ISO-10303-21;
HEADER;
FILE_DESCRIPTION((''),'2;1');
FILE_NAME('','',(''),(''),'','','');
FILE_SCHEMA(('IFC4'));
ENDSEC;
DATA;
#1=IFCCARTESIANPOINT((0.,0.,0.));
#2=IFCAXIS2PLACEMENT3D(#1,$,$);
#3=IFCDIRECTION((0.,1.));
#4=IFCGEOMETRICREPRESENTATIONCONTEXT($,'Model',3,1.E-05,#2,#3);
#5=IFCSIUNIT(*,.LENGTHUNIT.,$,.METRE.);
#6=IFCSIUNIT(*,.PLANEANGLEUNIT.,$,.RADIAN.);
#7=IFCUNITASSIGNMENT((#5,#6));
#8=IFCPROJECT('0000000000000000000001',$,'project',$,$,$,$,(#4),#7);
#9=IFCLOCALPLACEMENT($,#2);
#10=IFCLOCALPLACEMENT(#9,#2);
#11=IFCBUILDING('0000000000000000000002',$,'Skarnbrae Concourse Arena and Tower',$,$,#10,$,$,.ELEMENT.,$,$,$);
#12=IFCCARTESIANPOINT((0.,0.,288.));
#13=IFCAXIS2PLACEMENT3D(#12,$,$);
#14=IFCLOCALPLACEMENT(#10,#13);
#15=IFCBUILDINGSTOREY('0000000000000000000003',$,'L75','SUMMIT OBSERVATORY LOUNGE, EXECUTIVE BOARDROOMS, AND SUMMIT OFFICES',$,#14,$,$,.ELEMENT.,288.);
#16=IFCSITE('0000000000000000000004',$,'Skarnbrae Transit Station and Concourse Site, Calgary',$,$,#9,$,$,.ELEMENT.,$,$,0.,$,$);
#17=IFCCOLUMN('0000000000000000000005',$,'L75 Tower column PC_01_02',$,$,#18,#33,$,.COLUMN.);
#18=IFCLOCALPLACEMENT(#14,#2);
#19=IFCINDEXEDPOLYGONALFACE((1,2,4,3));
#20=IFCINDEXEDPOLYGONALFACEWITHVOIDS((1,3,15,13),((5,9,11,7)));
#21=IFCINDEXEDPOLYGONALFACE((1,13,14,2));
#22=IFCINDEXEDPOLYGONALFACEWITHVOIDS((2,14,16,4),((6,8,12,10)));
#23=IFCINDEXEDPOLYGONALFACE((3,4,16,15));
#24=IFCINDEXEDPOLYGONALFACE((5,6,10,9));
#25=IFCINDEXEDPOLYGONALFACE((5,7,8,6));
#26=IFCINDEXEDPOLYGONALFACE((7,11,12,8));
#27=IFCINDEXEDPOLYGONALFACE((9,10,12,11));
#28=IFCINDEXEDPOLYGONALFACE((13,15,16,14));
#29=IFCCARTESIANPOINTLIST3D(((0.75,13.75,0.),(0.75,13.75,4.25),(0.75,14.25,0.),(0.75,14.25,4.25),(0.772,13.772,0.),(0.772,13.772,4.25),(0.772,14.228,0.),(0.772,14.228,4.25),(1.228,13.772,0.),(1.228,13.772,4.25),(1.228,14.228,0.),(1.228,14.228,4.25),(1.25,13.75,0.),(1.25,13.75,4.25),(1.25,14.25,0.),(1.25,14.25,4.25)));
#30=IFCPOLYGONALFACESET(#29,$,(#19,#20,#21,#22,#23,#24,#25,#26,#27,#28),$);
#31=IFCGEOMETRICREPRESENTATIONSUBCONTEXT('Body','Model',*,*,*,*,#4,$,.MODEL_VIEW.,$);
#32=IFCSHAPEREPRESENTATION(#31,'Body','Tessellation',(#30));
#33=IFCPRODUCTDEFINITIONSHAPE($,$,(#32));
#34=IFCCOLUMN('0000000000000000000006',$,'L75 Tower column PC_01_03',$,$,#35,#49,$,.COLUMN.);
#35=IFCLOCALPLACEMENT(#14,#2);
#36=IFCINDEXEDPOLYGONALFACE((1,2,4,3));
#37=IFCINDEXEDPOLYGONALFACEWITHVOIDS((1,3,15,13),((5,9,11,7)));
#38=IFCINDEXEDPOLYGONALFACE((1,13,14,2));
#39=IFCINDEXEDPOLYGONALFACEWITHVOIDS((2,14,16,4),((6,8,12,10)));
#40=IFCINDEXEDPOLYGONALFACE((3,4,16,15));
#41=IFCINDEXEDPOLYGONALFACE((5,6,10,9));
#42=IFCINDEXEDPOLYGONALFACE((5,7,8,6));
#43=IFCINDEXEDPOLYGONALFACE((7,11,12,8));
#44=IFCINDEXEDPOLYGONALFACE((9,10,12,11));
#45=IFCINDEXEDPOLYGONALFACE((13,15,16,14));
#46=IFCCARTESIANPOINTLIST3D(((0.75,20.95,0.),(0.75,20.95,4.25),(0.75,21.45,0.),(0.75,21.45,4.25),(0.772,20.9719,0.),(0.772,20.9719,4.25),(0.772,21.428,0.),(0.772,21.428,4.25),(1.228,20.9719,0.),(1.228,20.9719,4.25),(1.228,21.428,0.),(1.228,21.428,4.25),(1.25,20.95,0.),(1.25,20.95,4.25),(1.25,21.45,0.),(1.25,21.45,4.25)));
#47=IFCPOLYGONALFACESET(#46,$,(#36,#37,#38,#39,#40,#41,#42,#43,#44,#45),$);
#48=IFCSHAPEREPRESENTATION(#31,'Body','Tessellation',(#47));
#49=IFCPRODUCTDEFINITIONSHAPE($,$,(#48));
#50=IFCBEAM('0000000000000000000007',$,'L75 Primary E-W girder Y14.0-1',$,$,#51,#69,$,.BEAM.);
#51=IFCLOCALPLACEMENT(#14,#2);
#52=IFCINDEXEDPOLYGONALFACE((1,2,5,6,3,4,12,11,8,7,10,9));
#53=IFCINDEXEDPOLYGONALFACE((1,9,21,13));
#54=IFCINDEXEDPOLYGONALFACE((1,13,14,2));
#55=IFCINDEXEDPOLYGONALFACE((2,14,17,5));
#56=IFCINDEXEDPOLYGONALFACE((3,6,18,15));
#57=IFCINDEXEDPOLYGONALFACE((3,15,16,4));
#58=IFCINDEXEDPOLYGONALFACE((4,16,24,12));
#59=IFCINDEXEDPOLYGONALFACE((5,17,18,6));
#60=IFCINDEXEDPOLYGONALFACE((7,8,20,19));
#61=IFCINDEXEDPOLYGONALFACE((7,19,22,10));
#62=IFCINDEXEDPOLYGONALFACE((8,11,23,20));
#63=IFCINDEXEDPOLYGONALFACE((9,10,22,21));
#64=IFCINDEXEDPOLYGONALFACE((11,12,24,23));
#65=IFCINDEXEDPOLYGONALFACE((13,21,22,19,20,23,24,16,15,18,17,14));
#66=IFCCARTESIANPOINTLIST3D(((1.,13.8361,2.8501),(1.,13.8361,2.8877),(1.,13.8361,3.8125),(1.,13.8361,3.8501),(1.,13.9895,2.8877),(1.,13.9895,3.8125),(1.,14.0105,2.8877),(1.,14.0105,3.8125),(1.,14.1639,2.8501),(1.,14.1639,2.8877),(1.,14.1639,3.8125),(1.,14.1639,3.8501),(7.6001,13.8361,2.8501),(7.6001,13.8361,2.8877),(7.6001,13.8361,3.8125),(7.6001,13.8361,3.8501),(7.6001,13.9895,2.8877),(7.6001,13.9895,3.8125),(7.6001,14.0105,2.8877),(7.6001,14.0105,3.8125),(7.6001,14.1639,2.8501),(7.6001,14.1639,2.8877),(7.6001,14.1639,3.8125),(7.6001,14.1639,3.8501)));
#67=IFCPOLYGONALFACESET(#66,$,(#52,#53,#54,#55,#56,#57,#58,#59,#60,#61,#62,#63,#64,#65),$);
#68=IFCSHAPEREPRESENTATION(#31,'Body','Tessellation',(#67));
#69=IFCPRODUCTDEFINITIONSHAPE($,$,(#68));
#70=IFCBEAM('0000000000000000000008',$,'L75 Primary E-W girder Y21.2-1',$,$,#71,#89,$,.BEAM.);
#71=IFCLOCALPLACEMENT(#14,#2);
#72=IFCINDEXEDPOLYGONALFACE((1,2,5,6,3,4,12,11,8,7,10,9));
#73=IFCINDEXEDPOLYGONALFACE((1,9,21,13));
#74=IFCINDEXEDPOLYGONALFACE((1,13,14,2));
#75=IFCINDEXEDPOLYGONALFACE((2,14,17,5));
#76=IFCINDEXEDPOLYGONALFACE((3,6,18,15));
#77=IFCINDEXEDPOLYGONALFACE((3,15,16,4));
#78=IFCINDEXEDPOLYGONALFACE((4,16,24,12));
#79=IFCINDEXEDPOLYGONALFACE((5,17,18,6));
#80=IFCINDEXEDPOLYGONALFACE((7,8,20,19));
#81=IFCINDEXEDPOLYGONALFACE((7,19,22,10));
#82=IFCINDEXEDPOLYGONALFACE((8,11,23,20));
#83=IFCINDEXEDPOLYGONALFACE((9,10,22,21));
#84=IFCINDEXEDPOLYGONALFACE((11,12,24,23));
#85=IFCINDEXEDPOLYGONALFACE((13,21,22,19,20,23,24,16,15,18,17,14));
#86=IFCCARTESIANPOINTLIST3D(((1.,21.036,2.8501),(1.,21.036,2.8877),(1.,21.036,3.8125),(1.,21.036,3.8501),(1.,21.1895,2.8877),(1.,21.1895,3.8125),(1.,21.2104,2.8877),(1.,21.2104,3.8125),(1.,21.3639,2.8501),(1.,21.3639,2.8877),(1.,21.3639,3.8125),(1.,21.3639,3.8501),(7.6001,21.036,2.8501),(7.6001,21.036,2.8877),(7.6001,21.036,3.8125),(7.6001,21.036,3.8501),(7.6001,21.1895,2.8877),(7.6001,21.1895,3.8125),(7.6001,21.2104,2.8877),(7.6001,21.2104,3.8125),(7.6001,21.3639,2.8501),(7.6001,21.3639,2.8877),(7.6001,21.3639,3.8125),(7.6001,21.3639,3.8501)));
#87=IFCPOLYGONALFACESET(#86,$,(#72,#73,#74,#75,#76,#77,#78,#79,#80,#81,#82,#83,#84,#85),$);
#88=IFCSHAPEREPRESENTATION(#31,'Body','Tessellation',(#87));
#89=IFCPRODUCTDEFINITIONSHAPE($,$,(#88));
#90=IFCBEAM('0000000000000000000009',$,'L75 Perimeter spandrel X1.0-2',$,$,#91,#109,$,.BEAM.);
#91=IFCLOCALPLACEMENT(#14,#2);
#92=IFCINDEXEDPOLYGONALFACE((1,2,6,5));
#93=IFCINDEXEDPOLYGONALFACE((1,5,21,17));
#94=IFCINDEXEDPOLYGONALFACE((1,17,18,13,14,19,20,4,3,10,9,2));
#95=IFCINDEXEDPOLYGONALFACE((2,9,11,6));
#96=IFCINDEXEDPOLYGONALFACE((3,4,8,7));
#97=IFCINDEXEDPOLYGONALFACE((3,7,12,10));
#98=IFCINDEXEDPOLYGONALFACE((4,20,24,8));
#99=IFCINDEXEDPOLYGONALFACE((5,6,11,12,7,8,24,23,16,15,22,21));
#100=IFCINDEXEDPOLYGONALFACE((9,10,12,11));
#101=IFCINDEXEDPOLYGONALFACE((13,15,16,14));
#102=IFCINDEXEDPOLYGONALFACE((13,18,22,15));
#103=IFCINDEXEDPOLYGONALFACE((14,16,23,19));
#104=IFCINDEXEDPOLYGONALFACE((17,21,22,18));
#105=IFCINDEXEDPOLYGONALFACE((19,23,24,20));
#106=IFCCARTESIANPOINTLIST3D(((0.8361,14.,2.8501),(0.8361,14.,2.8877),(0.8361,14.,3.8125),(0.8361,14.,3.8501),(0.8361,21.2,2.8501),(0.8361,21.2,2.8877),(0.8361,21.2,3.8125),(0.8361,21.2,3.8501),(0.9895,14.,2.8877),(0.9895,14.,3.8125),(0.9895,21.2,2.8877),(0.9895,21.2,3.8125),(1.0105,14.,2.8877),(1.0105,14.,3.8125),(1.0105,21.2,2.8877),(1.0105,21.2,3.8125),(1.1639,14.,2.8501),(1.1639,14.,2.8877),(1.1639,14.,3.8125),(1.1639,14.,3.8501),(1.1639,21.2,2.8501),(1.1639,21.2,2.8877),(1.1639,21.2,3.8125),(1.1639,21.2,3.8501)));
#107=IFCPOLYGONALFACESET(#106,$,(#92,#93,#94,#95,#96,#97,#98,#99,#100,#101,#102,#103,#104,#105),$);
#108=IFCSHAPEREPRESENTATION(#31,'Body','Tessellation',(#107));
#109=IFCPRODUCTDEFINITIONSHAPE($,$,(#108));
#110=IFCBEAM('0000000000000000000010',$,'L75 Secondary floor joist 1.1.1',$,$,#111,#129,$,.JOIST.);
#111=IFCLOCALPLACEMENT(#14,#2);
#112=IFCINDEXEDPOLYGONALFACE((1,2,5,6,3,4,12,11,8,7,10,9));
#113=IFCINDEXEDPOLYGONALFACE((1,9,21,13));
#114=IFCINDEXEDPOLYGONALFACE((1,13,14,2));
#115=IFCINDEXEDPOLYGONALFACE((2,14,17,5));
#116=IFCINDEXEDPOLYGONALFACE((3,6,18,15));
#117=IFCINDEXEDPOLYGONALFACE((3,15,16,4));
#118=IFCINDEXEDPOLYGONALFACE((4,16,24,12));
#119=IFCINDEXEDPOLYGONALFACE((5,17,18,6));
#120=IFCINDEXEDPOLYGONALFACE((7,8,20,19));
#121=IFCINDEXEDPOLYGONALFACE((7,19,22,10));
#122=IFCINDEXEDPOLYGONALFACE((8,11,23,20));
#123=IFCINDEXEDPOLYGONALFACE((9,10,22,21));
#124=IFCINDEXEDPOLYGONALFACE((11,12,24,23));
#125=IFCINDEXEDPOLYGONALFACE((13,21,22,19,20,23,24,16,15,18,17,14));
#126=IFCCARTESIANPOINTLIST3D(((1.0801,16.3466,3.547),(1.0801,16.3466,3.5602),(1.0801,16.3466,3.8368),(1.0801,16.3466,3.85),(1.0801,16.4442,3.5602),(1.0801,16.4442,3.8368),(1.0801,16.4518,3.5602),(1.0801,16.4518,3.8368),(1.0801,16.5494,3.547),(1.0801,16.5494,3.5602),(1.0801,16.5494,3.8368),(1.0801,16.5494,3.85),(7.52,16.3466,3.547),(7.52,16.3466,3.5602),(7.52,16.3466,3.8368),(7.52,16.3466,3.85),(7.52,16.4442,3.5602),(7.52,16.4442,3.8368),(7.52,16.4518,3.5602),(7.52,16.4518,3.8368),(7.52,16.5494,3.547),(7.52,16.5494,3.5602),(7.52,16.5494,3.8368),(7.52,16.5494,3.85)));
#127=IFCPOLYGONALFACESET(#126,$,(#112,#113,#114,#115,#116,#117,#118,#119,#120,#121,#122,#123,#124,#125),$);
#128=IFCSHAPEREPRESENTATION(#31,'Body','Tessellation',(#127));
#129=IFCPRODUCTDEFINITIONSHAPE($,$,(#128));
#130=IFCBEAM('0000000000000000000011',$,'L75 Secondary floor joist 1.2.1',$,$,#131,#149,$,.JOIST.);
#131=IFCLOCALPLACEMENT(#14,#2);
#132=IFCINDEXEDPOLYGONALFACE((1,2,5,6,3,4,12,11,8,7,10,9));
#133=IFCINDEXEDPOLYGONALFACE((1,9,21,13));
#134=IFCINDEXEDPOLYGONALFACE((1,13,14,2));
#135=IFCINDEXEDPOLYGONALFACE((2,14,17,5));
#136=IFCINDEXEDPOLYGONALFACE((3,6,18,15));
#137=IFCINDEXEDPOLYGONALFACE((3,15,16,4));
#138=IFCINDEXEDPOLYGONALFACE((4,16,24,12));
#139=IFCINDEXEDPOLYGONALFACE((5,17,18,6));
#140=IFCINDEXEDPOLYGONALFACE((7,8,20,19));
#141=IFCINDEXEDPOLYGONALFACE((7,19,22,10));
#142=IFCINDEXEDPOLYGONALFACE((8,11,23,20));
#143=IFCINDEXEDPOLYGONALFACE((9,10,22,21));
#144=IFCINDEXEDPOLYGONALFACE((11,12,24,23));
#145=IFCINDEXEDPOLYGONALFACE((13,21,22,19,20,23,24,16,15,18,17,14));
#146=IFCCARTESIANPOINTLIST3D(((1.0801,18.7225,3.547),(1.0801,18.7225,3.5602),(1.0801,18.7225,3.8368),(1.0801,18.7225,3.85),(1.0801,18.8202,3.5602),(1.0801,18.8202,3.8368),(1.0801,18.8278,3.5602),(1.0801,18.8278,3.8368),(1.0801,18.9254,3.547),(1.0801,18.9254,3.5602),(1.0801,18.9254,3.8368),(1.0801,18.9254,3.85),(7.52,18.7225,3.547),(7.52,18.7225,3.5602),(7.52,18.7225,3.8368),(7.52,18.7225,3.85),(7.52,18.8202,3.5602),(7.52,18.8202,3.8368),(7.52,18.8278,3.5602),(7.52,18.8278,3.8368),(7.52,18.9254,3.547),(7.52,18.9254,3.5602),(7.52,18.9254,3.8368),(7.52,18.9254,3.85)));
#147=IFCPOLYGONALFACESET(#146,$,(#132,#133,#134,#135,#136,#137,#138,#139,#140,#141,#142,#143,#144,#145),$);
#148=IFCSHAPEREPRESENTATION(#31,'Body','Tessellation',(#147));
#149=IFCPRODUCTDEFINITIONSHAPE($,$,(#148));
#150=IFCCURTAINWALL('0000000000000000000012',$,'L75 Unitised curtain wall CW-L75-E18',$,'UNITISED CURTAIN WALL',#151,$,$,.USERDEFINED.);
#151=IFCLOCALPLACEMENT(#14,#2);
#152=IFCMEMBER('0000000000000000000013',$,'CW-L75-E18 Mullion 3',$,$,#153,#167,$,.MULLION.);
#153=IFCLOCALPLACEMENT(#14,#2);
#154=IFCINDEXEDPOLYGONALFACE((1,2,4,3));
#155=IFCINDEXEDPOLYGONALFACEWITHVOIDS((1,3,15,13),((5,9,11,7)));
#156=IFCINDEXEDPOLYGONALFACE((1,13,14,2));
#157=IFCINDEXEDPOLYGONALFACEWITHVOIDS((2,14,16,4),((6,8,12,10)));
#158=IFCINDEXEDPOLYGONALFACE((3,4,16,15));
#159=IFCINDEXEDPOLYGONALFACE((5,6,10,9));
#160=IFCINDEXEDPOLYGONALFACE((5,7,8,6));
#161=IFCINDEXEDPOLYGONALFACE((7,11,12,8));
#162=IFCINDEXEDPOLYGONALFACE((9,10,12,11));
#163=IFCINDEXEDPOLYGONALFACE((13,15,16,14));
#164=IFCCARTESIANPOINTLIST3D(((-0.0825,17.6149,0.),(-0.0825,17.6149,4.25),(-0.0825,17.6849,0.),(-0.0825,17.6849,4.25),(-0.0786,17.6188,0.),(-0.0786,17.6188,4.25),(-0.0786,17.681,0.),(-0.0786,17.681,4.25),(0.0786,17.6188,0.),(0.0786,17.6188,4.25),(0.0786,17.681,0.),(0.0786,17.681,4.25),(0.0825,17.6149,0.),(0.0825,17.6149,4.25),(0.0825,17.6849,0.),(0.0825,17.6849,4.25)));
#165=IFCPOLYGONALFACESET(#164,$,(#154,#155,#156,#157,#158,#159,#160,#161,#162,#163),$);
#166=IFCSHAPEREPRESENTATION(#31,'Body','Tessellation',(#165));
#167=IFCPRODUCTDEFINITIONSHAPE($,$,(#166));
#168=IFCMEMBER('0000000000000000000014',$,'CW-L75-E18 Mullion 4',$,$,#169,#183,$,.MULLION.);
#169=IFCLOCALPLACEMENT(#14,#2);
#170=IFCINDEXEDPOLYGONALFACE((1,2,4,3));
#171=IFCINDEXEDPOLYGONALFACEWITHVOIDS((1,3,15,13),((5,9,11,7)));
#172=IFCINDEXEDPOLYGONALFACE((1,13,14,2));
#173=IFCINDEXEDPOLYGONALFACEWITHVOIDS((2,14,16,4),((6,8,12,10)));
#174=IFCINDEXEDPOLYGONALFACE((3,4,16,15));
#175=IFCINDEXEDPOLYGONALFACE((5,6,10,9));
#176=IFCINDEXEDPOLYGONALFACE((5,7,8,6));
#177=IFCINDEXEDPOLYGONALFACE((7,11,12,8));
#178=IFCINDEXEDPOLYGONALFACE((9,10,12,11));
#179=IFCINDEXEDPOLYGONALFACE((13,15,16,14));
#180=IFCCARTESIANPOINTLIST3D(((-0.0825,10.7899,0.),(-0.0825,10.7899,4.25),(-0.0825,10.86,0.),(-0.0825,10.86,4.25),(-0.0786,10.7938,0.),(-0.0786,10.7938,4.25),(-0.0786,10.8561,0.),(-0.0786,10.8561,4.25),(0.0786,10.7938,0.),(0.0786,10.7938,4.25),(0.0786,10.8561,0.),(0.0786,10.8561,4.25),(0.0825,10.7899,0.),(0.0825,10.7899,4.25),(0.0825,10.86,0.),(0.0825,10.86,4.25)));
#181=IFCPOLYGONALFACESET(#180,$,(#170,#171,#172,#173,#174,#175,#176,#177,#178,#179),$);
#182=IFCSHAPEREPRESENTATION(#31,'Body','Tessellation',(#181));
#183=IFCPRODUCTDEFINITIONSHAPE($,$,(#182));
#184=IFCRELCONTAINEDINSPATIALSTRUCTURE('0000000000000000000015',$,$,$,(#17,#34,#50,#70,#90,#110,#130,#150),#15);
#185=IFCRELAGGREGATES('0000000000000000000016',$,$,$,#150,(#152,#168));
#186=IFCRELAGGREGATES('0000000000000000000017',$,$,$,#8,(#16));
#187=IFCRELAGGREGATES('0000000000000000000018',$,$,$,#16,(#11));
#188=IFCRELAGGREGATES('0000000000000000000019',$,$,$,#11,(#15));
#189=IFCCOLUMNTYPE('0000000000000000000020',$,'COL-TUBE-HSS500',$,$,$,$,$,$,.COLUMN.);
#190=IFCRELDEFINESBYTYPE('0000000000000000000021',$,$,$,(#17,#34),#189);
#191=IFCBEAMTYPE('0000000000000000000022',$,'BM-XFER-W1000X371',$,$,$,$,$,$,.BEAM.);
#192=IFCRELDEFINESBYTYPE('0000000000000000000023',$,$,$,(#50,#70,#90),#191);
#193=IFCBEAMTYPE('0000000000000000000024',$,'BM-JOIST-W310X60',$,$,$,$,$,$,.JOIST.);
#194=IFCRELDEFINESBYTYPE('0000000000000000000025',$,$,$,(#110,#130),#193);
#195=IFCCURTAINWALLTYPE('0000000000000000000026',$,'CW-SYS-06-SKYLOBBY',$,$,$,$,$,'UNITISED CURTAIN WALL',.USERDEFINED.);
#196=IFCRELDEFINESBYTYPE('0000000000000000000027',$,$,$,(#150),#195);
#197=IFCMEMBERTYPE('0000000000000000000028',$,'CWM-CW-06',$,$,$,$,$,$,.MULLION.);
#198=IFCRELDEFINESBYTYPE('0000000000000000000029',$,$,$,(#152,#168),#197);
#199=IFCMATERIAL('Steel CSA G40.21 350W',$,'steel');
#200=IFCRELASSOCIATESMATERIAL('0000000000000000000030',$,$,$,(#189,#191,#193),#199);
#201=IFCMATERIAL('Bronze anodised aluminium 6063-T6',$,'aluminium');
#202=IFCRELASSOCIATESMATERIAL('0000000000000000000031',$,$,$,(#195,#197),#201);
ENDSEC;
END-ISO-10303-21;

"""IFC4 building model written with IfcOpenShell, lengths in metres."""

from ifc_helpers import new_model, si_unit, direction, frame, origin, origin_2d, place, context, subcontext, project, spatial, hollow_rectangle, i_section, extrude, source, transform, mapped, material, material_profile, profile_set, type_object, element, aggregate, save


model = new_model("IFC4")

# Units and contexts
model_context = context("Model", 3, precision=1e-05, world=origin(), true_north=direction((0.0, 1.0)))
body_context = subcontext(model_context, "Body", "Model", "MODEL_VIEW")
ifc_project = project(units=[si_unit("LENGTHUNIT", "METRE"), si_unit("PLANEANGLEUNIT", "RADIAN")], contexts=[model_context])

# Site, building, storey
site_placement = place(None, origin())
site = spatial("IfcSite", under=ifc_project, at=site_placement, Name="Skarnbrae Transit Station and Concourse Site, Calgary", CompositionType="ELEMENT", RefElevation=0.0)
building_placement = place(site_placement, origin())
building = spatial("IfcBuilding", under=site, at=building_placement, Name="Skarnbrae Concourse Arena and Tower", CompositionType="ELEMENT")
storey_placement = place(building_placement, frame((0.0, 0.0, 288.0)))
storey = spatial("IfcBuildingStorey", under=building, at=storey_placement, Name="L75", Description="SUMMIT OBSERVATORY LOUNGE, EXECUTIVE BOARDROOMS, AND SUMMIT OFFICES", CompositionType="ELEMENT", Elevation=288.0)

# Columns
ifc_material_1 = material(Name="Steel CSA G40.21 350W", Category="steel")
ifc_material_profile_1 = material_profile(ifc_material_1, hollow_rectangle(XDim=0.5, YDim=0.5, WallThickness=0.022, at=origin_2d()), Name="HSS500X500X22.0")
ifc_profile_set_1 = profile_set([ifc_material_profile_1], Name="Steel CSA G40.21 350W")
column_type = type_object("IfcColumnType", Name="COL-TUBE-HSS500", PredefinedType="COLUMN", material=ifc_profile_set_1)
shared_shape_1 = source(origin(), body_context, "Body", "SweptSolid", [
    extrude(hollow_rectangle(XDim=0.5, YDim=0.5, WallThickness=0.022, at=origin_2d()), origin(), (0.0, 0.0, 1.0), 4.25),
])
for number, where, z_axis, x_axis, name in (
    (1, (1.0, 14.0, 0.0), (0.0, 0.0, 1.0), (1.0, 0.0, 0.0), "L75 Tower column PC_01_02"),
    (2, (1.0, 21.2, 0.0), (0.0, 0.0, 1.0), (1.0, 0.0, 0.0), "L75 Tower column PC_01_03"),
):
    element("IfcColumn", number, at=place(storey_placement, frame(where, z_axis=z_axis, x_axis=x_axis)), inside=storey, type_object=column_type, Name=name, PredefinedType="COLUMN", context=body_context, shape_type="MappedRepresentation", body=[
        mapped(shared_shape_1, transform((0.0, 0.0, 0.0))),
    ])

# Beams
ifc_material_profile_2 = material_profile(ifc_material_1, i_section(OverallWidth=0.3279, OverallDepth=1.0, WebThickness=0.021, FlangeThickness=0.0376, at=origin_2d()), Name="W1000X371")
ifc_profile_set_2 = profile_set([ifc_material_profile_2], Name="Steel CSA G40.21 350W")
beam_type_1 = type_object("IfcBeamType", Name="BM-XFER-W1000X371", PredefinedType="BEAM", material=ifc_profile_set_2)
shared_shape_2 = source(origin(), body_context, "Body", "SweptSolid", [
    extrude(i_section(OverallWidth=0.3279, OverallDepth=1.0, WebThickness=0.021, FlangeThickness=0.0376, at=origin_2d()), origin(), (0.0, 0.0, 1.0), 6.6001),
])
for number, where, z_axis, x_axis, name in (
    (3, (1.0, 14.0, 3.3501), (1.0, 0.0, 0.0), (0.0, 1.0, 0.0), "L75 Primary E-W girder Y14.0-1"),
    (4, (1.0, 21.2, 3.3501), (1.0, 0.0, 0.0), (0.0, 1.0, 0.0), "L75 Primary E-W girder Y21.2-1"),
):
    element("IfcBeam", number, at=place(storey_placement, frame(where, z_axis=z_axis, x_axis=x_axis)), inside=storey, type_object=beam_type_1, Name=name, PredefinedType="BEAM", context=body_context, shape_type="MappedRepresentation", body=[
        mapped(shared_shape_2, transform((0.0, 0.0, 0.0))),
    ])
shared_shape_3 = source(origin(), body_context, "Body", "SweptSolid", [
    extrude(i_section(OverallWidth=0.3279, OverallDepth=1.0, WebThickness=0.021, FlangeThickness=0.0376, at=origin_2d()), origin(), (0.0, 0.0, 1.0), 7.2),
])
beam_placement = place(storey_placement, frame((1.0, 14.0, 3.3501), z_axis=(0.0, 1.0, 0.0), x_axis=(-1.0, 0.0, 0.0)))
element("IfcBeam", 5, at=beam_placement, inside=storey, type_object=beam_type_1, Name="L75 Perimeter spandrel X1.0-2", PredefinedType="BEAM", context=body_context, shape_type="MappedRepresentation", body=[
    mapped(shared_shape_3, transform((0.0, 0.0, 0.0))),
])
ifc_material_profile_3 = material_profile(ifc_material_1, i_section(OverallWidth=0.2029, OverallDepth=0.303, WebThickness=0.0076, FlangeThickness=0.0132, at=origin_2d()), Name="W310X60")
ifc_profile_set_3 = profile_set([ifc_material_profile_3], Name="Steel CSA G40.21 350W")
beam_type_2 = type_object("IfcBeamType", Name="BM-JOIST-W310X60", PredefinedType="JOIST", material=ifc_profile_set_3)
shared_shape_4 = source(origin(), body_context, "Body", "SweptSolid", [
    extrude(i_section(OverallWidth=0.2029, OverallDepth=0.303, WebThickness=0.0076, FlangeThickness=0.0132, at=origin_2d()), origin(), (0.0, 0.0, 1.0), 6.4399),
])
for number, where, z_axis, x_axis, name in (
    (6, (1.0801, 16.448, 3.6985), (1.0, 0.0, 0.0), (0.0, 1.0, 0.0), "L75 Secondary floor joist 1.1.1"),
    (7, (1.0801, 18.824, 3.6985), (1.0, 0.0, 0.0), (0.0, 1.0, 0.0), "L75 Secondary floor joist 1.2.1"),
):
    element("IfcBeam", number, at=place(storey_placement, frame(where, z_axis=z_axis, x_axis=x_axis)), inside=storey, type_object=beam_type_2, Name=name, PredefinedType="JOIST", context=body_context, shape_type="MappedRepresentation", body=[
        mapped(shared_shape_4, transform((0.0, 0.0, 0.0))),
    ])

# Curtain wall, members
ifc_material_2 = material(Name="Bronze anodised aluminium 6063-T6", Category="aluminium")
curtain_wall_type = type_object("IfcCurtainWallType", Name="CW-SYS-06-SKYLOBBY", ElementType="UNITISED CURTAIN WALL", PredefinedType="USERDEFINED", material=ifc_material_2)
curtain_wall_placement = place(storey_placement, origin())
curtain_wall = element("IfcCurtainWall", 8, at=curtain_wall_placement, inside=storey, type_object=curtain_wall_type, Name="L75 Unitised curtain wall CW-L75-E18", ObjectType="UNITISED CURTAIN WALL", PredefinedType="USERDEFINED")
ifc_material_profile_4 = material_profile(ifc_material_2, hollow_rectangle(XDim=0.0701, YDim=0.165, WallThickness=0.0039, at=origin_2d()), Name="ALU-MULL-70X165")
ifc_profile_set_4 = profile_set([ifc_material_profile_4], Name="Bronze anodised aluminium 6063-T6")
member_type_1 = type_object("IfcMemberType", Name="CWM-CW-06", PredefinedType="MULLION", material=ifc_profile_set_4)
shared_shape_5 = source(origin(), body_context, "Body", "SweptSolid", [
    extrude(hollow_rectangle(XDim=0.0701, YDim=0.165, WallThickness=0.0039, at=origin_2d()), origin(), (0.0, 0.0, 1.0), 4.25),
])
member_1_placement = place(storey_placement, frame((0.0, 17.6499, 0.0), z_axis=(0.0, 0.0, 1.0), x_axis=(0.0, -1.0, 0.0)))
member_1 = element("IfcMember", 9, at=member_1_placement, type_object=member_type_1, Name="CW-L75-E18 Mullion 3", PredefinedType="MULLION", context=body_context, shape_type="MappedRepresentation", body=[
    mapped(shared_shape_5, transform((0.0, 0.0, 0.0))),
])
member_2_placement = place(storey_placement, frame((0.0, 10.825, 0.0), z_axis=(0.0, 0.0, 1.0), x_axis=(0.0, -1.0, 0.0)))
member_2 = element("IfcMember", 10, at=member_2_placement, type_object=member_type_1, Name="CW-L75-E18 Mullion 4", PredefinedType="MULLION", context=body_context, shape_type="MappedRepresentation", body=[
    mapped(shared_shape_5, transform((0.0, 0.0, 0.0))),
])

aggregate(curtain_wall, [member_1, member_2])

save(model, "model.ifc")
